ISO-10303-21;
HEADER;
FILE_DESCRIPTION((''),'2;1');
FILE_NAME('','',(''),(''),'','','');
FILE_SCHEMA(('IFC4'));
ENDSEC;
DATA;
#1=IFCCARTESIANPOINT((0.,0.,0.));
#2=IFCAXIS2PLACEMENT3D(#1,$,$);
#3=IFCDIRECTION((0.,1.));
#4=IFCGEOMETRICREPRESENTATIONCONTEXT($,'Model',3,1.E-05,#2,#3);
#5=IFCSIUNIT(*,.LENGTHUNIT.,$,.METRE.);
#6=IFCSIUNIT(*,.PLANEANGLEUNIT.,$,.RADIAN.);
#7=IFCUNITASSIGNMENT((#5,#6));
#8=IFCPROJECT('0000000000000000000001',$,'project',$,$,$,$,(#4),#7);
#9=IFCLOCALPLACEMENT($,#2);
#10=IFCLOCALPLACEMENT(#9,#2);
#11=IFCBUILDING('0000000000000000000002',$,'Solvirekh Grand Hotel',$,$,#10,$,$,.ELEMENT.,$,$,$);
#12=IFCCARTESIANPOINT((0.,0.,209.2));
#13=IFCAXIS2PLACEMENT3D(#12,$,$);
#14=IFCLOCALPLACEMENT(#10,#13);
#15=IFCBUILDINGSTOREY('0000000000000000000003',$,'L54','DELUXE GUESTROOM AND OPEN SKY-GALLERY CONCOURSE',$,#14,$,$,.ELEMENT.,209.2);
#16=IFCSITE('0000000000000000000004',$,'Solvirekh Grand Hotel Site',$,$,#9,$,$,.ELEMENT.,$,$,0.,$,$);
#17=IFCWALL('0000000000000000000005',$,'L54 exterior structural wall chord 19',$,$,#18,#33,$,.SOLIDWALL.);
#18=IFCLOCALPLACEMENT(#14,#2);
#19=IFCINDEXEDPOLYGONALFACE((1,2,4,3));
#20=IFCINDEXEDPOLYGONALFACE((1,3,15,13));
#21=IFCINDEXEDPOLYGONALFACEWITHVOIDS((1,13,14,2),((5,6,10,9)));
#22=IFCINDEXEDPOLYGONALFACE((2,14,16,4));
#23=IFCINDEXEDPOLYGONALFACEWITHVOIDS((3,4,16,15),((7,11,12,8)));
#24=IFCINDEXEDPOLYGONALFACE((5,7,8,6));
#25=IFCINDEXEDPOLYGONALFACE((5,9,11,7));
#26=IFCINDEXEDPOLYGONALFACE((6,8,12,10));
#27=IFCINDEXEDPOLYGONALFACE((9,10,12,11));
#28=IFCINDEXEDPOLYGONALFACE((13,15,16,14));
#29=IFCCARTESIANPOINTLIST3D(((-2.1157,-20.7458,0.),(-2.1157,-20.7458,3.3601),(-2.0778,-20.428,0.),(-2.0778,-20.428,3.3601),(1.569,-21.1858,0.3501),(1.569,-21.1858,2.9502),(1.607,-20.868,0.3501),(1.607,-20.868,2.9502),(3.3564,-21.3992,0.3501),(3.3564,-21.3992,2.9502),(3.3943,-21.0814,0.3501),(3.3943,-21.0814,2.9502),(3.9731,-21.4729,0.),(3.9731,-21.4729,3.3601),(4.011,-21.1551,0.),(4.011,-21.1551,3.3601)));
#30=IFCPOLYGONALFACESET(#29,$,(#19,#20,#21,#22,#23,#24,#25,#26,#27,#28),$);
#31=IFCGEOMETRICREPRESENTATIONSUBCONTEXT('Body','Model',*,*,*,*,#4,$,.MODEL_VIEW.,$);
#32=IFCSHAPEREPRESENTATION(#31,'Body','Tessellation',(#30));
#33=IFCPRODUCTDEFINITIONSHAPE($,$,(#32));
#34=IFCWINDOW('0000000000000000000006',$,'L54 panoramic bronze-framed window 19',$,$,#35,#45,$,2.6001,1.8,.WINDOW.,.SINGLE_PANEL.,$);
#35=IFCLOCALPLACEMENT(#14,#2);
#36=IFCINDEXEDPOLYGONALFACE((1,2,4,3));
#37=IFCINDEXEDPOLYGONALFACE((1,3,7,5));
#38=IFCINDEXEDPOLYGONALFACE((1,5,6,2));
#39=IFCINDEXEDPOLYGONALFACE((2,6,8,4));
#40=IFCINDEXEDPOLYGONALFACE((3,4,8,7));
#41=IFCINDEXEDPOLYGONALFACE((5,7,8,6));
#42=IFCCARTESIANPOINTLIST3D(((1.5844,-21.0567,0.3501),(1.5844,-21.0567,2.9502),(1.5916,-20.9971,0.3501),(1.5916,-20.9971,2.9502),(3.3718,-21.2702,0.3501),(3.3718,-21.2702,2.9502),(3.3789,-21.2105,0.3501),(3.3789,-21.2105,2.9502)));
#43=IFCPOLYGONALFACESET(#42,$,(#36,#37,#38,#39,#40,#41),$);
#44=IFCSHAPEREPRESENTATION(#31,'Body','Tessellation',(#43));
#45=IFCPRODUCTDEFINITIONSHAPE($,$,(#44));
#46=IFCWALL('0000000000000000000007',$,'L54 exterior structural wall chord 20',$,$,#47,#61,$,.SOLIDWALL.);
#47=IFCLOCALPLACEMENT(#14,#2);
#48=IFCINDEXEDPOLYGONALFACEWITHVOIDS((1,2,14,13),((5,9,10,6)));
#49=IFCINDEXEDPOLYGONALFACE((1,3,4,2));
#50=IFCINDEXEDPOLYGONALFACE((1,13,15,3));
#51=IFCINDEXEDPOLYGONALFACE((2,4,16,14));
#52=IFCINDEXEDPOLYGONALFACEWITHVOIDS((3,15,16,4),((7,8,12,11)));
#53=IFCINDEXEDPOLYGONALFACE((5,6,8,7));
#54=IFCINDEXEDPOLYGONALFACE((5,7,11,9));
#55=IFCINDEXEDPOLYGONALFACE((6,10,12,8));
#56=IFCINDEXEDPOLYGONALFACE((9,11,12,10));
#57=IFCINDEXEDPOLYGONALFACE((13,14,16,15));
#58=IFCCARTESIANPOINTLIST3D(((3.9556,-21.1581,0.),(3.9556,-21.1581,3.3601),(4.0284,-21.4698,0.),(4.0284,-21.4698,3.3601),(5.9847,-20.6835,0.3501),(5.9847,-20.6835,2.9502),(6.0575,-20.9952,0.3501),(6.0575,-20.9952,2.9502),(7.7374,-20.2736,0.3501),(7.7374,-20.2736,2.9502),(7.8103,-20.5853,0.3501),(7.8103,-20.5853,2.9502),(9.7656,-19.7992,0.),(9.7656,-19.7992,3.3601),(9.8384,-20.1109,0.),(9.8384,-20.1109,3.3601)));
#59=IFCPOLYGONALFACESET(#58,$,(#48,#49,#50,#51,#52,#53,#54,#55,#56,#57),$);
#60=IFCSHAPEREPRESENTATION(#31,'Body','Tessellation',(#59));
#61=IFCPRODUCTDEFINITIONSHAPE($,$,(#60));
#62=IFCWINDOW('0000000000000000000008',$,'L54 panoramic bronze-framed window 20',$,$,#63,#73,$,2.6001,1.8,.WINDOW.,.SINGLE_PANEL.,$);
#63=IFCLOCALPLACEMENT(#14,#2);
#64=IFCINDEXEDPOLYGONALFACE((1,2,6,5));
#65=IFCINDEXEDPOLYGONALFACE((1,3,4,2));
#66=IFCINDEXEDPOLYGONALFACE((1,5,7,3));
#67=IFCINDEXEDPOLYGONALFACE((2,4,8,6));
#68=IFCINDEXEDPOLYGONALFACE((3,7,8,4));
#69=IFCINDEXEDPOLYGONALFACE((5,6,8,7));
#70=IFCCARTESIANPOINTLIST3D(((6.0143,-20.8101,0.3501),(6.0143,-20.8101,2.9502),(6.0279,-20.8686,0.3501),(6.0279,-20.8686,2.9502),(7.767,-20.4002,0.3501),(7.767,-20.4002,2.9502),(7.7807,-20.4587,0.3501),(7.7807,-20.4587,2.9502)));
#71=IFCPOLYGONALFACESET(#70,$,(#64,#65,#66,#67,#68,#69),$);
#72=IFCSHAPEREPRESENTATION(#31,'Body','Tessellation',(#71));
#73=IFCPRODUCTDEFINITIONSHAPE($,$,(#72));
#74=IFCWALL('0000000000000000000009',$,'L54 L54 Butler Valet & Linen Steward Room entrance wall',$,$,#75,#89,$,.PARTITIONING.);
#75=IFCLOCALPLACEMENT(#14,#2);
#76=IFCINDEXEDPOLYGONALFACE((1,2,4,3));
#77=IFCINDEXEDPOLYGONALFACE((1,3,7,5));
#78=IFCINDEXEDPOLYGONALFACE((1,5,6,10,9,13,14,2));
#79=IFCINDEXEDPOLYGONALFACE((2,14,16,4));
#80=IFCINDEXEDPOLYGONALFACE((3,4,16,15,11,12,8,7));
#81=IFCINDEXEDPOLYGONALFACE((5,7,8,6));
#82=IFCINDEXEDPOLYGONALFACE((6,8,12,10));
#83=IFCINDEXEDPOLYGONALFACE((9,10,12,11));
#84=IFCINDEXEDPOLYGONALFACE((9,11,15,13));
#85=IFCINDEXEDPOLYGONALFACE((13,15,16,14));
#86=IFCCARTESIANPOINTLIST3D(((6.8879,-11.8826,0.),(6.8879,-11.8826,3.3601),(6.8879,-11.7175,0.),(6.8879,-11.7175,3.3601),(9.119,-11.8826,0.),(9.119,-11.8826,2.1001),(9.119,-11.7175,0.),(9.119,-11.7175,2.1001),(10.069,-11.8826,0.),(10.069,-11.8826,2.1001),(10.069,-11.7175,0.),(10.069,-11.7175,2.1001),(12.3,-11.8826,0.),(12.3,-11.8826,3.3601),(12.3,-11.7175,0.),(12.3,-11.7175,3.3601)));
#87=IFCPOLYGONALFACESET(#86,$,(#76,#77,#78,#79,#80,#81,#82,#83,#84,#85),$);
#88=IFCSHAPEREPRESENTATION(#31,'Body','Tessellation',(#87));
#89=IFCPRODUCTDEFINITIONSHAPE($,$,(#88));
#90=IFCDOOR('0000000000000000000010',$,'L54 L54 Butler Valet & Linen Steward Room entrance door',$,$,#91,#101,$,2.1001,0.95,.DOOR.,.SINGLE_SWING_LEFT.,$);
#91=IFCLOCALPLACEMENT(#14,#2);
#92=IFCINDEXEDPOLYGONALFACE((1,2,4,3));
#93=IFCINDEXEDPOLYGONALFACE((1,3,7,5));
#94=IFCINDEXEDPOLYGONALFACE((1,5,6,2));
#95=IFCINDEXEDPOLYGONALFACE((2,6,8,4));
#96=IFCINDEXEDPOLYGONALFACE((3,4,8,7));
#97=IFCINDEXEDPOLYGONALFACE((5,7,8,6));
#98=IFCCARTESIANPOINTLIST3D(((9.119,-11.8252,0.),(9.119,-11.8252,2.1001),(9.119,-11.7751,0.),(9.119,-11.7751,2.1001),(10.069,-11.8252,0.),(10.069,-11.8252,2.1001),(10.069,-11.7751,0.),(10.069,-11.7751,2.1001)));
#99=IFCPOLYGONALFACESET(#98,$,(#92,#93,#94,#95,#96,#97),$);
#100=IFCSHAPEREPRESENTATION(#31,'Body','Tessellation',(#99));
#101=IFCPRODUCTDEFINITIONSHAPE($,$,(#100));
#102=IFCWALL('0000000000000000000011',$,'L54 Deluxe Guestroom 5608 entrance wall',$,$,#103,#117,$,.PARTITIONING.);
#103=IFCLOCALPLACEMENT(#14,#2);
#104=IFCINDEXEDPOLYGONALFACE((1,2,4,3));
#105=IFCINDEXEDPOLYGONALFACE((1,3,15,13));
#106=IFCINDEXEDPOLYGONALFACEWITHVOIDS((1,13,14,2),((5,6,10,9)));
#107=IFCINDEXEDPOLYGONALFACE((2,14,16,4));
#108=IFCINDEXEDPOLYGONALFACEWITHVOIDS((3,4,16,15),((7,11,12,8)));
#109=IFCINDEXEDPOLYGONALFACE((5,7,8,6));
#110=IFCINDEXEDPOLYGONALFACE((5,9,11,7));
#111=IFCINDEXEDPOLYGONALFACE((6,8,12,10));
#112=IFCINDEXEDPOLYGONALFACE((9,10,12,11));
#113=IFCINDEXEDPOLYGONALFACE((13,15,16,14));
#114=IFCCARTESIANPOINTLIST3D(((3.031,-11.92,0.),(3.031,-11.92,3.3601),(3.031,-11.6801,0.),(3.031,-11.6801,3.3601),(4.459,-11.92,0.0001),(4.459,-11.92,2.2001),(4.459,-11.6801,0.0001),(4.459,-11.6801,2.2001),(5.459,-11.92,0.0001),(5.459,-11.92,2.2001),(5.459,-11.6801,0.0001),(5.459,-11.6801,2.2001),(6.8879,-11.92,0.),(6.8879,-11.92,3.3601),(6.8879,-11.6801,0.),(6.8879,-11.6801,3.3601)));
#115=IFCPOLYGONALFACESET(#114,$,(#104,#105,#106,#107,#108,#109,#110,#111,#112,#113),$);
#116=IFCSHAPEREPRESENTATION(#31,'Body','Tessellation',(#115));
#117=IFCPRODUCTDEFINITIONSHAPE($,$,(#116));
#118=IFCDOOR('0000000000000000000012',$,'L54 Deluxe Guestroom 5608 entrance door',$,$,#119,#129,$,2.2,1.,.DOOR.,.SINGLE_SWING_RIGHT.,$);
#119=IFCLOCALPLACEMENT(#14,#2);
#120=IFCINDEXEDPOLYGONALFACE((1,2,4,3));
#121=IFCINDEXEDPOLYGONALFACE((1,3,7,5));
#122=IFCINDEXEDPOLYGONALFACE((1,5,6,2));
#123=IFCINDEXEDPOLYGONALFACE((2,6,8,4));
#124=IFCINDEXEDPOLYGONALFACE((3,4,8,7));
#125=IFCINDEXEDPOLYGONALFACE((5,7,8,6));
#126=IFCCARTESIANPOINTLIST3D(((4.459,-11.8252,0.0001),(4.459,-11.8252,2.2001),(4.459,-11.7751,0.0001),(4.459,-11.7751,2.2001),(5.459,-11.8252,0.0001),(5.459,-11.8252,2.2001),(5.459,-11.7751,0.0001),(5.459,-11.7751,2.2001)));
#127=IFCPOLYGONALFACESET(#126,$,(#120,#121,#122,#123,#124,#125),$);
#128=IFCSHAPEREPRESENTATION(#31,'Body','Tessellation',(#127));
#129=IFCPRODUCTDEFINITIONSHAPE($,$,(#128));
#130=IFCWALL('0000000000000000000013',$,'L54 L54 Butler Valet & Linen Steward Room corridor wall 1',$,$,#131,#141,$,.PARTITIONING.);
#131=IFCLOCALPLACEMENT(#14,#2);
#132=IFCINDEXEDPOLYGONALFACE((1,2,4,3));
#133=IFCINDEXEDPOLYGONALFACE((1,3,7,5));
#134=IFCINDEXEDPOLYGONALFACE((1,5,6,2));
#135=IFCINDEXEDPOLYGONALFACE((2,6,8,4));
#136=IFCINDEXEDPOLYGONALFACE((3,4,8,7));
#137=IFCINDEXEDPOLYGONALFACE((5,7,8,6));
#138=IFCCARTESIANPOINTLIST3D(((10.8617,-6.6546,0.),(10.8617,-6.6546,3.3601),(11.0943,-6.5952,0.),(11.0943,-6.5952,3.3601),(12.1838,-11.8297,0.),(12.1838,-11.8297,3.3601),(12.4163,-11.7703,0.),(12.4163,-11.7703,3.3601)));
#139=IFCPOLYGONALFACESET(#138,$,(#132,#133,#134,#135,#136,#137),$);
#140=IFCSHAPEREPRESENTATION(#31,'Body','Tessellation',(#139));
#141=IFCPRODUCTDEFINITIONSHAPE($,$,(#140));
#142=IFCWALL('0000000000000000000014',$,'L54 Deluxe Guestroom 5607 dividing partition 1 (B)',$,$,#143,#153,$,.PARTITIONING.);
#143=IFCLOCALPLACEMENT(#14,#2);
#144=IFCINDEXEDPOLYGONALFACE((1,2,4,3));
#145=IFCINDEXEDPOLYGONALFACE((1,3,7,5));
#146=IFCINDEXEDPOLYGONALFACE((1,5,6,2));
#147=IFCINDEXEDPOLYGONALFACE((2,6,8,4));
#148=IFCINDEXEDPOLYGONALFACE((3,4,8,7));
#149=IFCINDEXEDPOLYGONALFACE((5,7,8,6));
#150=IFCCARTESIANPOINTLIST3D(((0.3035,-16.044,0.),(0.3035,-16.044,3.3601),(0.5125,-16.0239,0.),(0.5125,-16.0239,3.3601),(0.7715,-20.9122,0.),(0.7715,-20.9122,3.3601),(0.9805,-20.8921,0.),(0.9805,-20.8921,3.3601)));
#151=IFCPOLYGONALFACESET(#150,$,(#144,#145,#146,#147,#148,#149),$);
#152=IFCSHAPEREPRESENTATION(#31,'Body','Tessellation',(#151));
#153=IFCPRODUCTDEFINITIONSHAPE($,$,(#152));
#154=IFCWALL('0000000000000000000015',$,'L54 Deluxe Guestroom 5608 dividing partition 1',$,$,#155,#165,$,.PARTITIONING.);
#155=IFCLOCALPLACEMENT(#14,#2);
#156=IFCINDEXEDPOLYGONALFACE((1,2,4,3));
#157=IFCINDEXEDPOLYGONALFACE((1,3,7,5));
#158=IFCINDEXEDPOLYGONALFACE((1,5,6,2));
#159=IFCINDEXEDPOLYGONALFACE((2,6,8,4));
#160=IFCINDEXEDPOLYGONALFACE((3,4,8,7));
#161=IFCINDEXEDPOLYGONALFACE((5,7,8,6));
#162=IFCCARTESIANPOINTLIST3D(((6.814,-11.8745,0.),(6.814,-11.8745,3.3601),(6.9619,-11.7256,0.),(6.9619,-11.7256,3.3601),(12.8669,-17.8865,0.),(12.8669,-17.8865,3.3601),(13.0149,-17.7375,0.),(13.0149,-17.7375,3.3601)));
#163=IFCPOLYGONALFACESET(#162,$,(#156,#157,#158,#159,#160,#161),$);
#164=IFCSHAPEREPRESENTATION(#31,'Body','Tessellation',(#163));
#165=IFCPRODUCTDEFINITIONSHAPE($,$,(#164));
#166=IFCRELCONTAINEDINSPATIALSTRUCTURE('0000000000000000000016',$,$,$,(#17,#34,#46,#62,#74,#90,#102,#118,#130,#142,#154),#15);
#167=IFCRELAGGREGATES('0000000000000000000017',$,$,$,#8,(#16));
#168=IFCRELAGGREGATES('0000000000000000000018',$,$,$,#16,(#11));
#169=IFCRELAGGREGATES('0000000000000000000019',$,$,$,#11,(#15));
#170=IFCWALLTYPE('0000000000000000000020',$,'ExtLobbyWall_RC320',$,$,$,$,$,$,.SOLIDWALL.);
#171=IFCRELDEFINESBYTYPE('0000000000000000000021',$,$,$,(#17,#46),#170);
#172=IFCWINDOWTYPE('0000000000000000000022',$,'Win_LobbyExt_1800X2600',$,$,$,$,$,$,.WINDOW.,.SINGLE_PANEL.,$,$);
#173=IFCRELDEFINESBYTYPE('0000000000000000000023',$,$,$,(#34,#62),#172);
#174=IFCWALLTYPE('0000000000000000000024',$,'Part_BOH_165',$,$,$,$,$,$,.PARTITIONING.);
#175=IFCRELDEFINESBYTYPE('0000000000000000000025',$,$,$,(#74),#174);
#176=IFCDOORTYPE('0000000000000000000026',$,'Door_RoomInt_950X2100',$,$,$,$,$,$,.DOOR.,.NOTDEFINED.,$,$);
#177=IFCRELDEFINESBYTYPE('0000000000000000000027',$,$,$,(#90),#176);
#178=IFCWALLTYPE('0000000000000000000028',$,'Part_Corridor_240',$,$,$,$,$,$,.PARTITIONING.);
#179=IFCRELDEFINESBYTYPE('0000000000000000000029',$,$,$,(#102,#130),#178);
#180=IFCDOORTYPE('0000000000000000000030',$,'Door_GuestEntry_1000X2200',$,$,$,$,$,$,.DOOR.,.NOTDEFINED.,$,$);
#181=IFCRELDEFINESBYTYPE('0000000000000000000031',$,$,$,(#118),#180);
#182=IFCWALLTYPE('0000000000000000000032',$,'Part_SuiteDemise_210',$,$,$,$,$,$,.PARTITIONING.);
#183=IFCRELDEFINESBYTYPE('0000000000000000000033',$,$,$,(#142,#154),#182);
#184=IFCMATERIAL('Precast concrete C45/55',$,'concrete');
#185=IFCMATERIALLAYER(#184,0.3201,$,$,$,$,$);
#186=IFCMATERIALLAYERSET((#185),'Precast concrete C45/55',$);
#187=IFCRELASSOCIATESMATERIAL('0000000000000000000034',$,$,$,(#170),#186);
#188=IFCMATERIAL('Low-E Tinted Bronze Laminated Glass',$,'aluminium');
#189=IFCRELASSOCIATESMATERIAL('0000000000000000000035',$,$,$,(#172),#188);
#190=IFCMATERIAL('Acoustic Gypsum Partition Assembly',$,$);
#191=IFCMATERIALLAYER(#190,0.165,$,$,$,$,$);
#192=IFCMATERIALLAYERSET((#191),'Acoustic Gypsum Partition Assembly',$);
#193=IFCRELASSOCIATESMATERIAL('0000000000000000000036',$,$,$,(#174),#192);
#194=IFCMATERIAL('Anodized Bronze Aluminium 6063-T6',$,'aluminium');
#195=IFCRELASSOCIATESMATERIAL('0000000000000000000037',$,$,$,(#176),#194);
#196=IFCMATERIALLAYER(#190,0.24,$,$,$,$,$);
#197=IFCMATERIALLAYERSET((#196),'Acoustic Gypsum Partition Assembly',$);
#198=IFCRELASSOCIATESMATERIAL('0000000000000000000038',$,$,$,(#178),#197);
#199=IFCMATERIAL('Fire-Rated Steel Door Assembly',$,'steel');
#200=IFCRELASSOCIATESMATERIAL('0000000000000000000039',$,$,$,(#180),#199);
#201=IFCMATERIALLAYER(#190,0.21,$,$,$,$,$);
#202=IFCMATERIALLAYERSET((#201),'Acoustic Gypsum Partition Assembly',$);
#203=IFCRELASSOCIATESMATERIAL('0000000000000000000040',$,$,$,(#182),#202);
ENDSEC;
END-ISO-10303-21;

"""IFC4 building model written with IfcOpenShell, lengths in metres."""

from ifc_helpers import new_model, si_unit, direction, frame, frame_2d, origin, place, context, subcontext, project, spatial, rectangle, extrude, material, layer, layer_set, type_object, element, fill, save


model = new_model("IFC4")

# Units and contexts
model_context = context("Model", 3, precision=1e-05, world=origin(), true_north=direction((0.0, 1.0)))
body_context = subcontext(model_context, "Body", "Model", "MODEL_VIEW")
ifc_project = project(units=[si_unit("LENGTHUNIT", "METRE"), si_unit("PLANEANGLEUNIT", "RADIAN")], contexts=[model_context])

# Site, building, storey
site_placement = place(None, origin())
site = spatial("IfcSite", under=ifc_project, at=site_placement, Name="Solvirekh Grand Hotel Site", CompositionType="ELEMENT", RefElevation=0.0)
building_placement = place(site_placement, origin())
building = spatial("IfcBuilding", under=site, at=building_placement, Name="Solvirekh Grand Hotel", CompositionType="ELEMENT")
storey_placement = place(building_placement, frame((0.0, 0.0, 209.2)))
storey = spatial("IfcBuildingStorey", under=building, at=storey_placement, Name="L54", Description="DELUXE GUESTROOM AND OPEN SKY-GALLERY CONCOURSE", CompositionType="ELEMENT", Elevation=209.2)

# Shared definitions
ifc_material_1 = material(Name="Anodized Bronze Aluminium 6063-T6", Category="aluminium")
ifc_material_2 = material(Name="Low-E Tinted Bronze Laminated Glass", Category="aluminium")

# Walls, openings, windows
ifc_material_3 = material(Name="Precast concrete C45/55", Category="concrete")
ifc_layer_1 = layer(ifc_material_3, 0.3201)
ifc_layer_set_1 = layer_set([ifc_layer_1], Name="Precast concrete C45/55")
wall_type_1 = type_object("IfcWallType", Name="ExtLobbyWall_RC320", PredefinedType="SOLIDWALL", material=ifc_layer_set_1)
wall_1_placement = place(storey_placement, frame((3.9919, -21.314, 0.0), z_axis=(0.0, 0.0, 1.0), x_axis=(-0.992946, 0.118564, 0.0)))
wall_1 = element("IfcWall", 1, at=wall_1_placement, inside=storey, type_object=wall_type_1, Name="L54 exterior structural wall chord 19", PredefinedType="SOLIDWALL", context=body_context, shape_type="SweptSolid", body=[
    extrude(rectangle(XDim=6.1321, YDim=0.3201, at=frame_2d((3.0659, 0.0))), origin(), (0.0, 0.0, 1.0), 3.3601),
])
opening_1_placement = place(wall_1_placement, frame((0.6211, 0.0, 0.3501)))
opening_1 = element("IfcOpeningElement", 2, at=opening_1_placement, cuts=wall_1, PredefinedType="OPENING", context=body_context, shape_type="SweptSolid", body=[
    extrude(rectangle(XDim=1.8, YDim=2.6001, at=frame_2d((0.8999, 1.3))), frame((0.0, 0.1699, 0.0), z_axis=(0.0, -1.0, 0.0), x_axis=(1.0, 0.0, 0.0)), (0.0, 0.0, 1.0), 0.3401),
])
window_type = type_object("IfcWindowType", Name="Win_LobbyExt_1800X2600", PartitioningType="SINGLE_PANEL", PredefinedType="WINDOW", material=ifc_material_2)
window_1_placement = place(opening_1_placement, origin())
window_1 = element("IfcWindow", 3, at=window_1_placement, inside=storey, type_object=window_type, Name="L54 panoramic bronze-framed window 19", OverallHeight=2.6001, OverallWidth=1.8, PartitioningType="SINGLE_PANEL", PredefinedType="WINDOW", context=body_context, shape_type="SweptSolid", body=[
    extrude(rectangle(XDim=1.8, YDim=2.6001, at=frame_2d((0.8999, 1.3))), frame((0.0, 0.03, 0.0), z_axis=(0.0, -1.0, 0.0), x_axis=(1.0, 0.0, 0.0)), (0.0, 0.0, 1.0), 0.0601),
])
fill(opening_1, window_1)
wall_2_placement = place(storey_placement, frame((9.802, -19.9551, 0.0), z_axis=(0.0, 0.0, 1.0), x_axis=(-0.973722, -0.227739, 0.0)))
wall_2 = element("IfcWall", 4, at=wall_2_placement, inside=storey, type_object=wall_type_1, Name="L54 exterior structural wall chord 20", PredefinedType="SOLIDWALL", context=body_context, shape_type="SweptSolid", body=[
    extrude(rectangle(XDim=5.9668, YDim=0.3201, at=frame_2d((2.9834, 0.0))), origin(), (0.0, 0.0, 1.0), 3.3601),
])
opening_2_placement = place(wall_2_placement, frame((2.083, 0.0, 0.3501)))
opening_2 = element("IfcOpeningElement", 5, at=opening_2_placement, cuts=wall_2, PredefinedType="OPENING", context=body_context, shape_type="SweptSolid", body=[
    extrude(rectangle(XDim=1.8, YDim=2.6001, at=frame_2d((0.8999, 1.3))), frame((0.0, 0.1699, 0.0), z_axis=(0.0, -1.0, 0.0), x_axis=(1.0, 0.0, 0.0)), (0.0, 0.0, 1.0), 0.3401),
])
window_2_placement = place(opening_2_placement, origin())
window_2 = element("IfcWindow", 6, at=window_2_placement, inside=storey, type_object=window_type, Name="L54 panoramic bronze-framed window 20", OverallHeight=2.6001, OverallWidth=1.8, PartitioningType="SINGLE_PANEL", PredefinedType="WINDOW", context=body_context, shape_type="SweptSolid", body=[
    extrude(rectangle(XDim=1.8, YDim=2.6001, at=frame_2d((0.8999, 1.3))), frame((0.0, 0.03, 0.0), z_axis=(0.0, -1.0, 0.0), x_axis=(1.0, 0.0, 0.0)), (0.0, 0.0, 1.0), 0.0601),
])
fill(opening_2, window_2)

# Walls, openings, doors
ifc_material_4 = material(Name="Acoustic Gypsum Partition Assembly")
ifc_layer_2 = layer(ifc_material_4, 0.165)
ifc_layer_set_2 = layer_set([ifc_layer_2], Name="Acoustic Gypsum Partition Assembly")
wall_type_2 = type_object("IfcWallType", Name="Part_BOH_165", PredefinedType="PARTITIONING", material=ifc_layer_set_2)
wall_3_placement = place(storey_placement, frame((6.8879, -11.8, 0.0), z_axis=(0.0, 0.0, 1.0), x_axis=(1.0, 0.0, 0.0)))
wall_3 = element("IfcWall", 7, at=wall_3_placement, inside=storey, type_object=wall_type_2, Name="L54 L54 Butler Valet & Linen Steward Room entrance wall", PredefinedType="PARTITIONING", context=body_context, shape_type="SweptSolid", body=[
    extrude(rectangle(XDim=5.4121, YDim=0.165, at=frame_2d((2.7061, 0.0))), origin(), (0.0, 0.0, 1.0), 3.3601),
])
opening_3_placement = place(wall_3_placement, frame((2.231, 0.0, 0.0)))
opening_3 = element("IfcOpeningElement", 8, at=opening_3_placement, cuts=wall_3, PredefinedType="OPENING", context=body_context, shape_type="SweptSolid", body=[
    extrude(rectangle(XDim=0.95, YDim=2.1001, at=frame_2d((0.4751, 1.05))), frame((0.0, 0.0925, 0.0), z_axis=(0.0, -1.0, 0.0), x_axis=(1.0, 0.0, 0.0)), (0.0, 0.0, 1.0), 0.1851),
])
door_type_1 = type_object("IfcDoorType", Name="Door_RoomInt_950X2100", OperationType="NOTDEFINED", PredefinedType="DOOR", material=ifc_material_1)
door_1_placement = place(opening_3_placement, origin())
door_1 = element("IfcDoor", 9, at=door_1_placement, inside=storey, type_object=door_type_1, Name="L54 L54 Butler Valet & Linen Steward Room entrance door", OperationType="SINGLE_SWING_LEFT", OverallHeight=2.1001, OverallWidth=0.95, PredefinedType="DOOR", context=body_context, shape_type="SweptSolid", body=[
    extrude(rectangle(XDim=0.95, YDim=2.1001, at=frame_2d((0.4751, 1.05))), frame((0.0, 0.0249, 0.0), z_axis=(0.0, -1.0, 0.0), x_axis=(1.0, 0.0, 0.0)), (0.0, 0.0, 1.0), 0.05),
])
fill(opening_3, door_1)
ifc_layer_3 = layer(ifc_material_4, 0.24)
ifc_layer_set_3 = layer_set([ifc_layer_3], Name="Acoustic Gypsum Partition Assembly")
wall_type_3 = type_object("IfcWallType", Name="Part_Corridor_240", PredefinedType="PARTITIONING", material=ifc_layer_set_3)
wall_4_placement = place(storey_placement, frame((3.031, -11.8, 0.0), z_axis=(0.0, 0.0, 1.0), x_axis=(1.0, 0.0, 0.0)))
wall_4 = element("IfcWall", 10, at=wall_4_placement, inside=storey, type_object=wall_type_3, Name="L54 Deluxe Guestroom 5608 entrance wall", PredefinedType="PARTITIONING", context=body_context, shape_type="SweptSolid", body=[
    extrude(rectangle(XDim=3.8569, YDim=0.24, at=frame_2d((1.9285, 0.0))), origin(), (0.0, 0.0, 1.0), 3.3601),
])
opening_4_placement = place(wall_4_placement, frame((1.428, 0.0, 0.0)))
opening_4 = element("IfcOpeningElement", 11, at=opening_4_placement, cuts=wall_4, PredefinedType="OPENING", context=body_context, shape_type="SweptSolid", body=[
    extrude(rectangle(XDim=1.0, YDim=2.2, at=frame_2d((0.5, 1.1001))), frame((0.0, 0.1299, 0.0), z_axis=(0.0, -1.0, 0.0), x_axis=(1.0, 0.0, 0.0)), (0.0, 0.0, 1.0), 0.26),
])
ifc_material_5 = material(Name="Fire-Rated Steel Door Assembly", Category="steel")
door_type_2 = type_object("IfcDoorType", Name="Door_GuestEntry_1000X2200", OperationType="NOTDEFINED", PredefinedType="DOOR", material=ifc_material_5)
door_2_placement = place(opening_4_placement, origin())
door_2 = element("IfcDoor", 12, at=door_2_placement, inside=storey, type_object=door_type_2, Name="L54 Deluxe Guestroom 5608 entrance door", OperationType="SINGLE_SWING_RIGHT", OverallHeight=2.2, OverallWidth=1.0, PredefinedType="DOOR", context=body_context, shape_type="SweptSolid", body=[
    extrude(rectangle(XDim=1.0, YDim=2.2, at=frame_2d((0.5, 1.1001))), frame((0.0, 0.0249, 0.0), z_axis=(0.0, -1.0, 0.0), x_axis=(1.0, 0.0, 0.0)), (0.0, 0.0, 1.0), 0.05),
])
fill(opening_4, door_2)

# Walls
wall_5_placement = place(storey_placement, frame((12.3, -11.8, 0.0), z_axis=(0.0, 0.0, 1.0), x_axis=(-0.247512, 0.968885, 0.0)))
element("IfcWall", 13, at=wall_5_placement, inside=storey, type_object=wall_type_3, Name="L54 L54 Butler Valet & Linen Steward Room corridor wall 1", PredefinedType="PARTITIONING", context=body_context, shape_type="SweptSolid", body=[
    extrude(rectangle(XDim=5.3413, YDim=0.24, at=frame_2d((2.6707, 0.0))), origin(), (0.0, 0.0, 1.0), 3.3601),
])
ifc_layer_4 = layer(ifc_material_4, 0.21)
ifc_layer_set_4 = layer_set([ifc_layer_4], Name="Acoustic Gypsum Partition Assembly")
wall_type_4 = type_object("IfcWallType", Name="Part_SuiteDemise_210", PredefinedType="PARTITIONING", material=ifc_layer_set_4)
wall_6_placement = place(storey_placement, frame((0.408, -16.0339, 0.0), z_axis=(0.0, 0.0, 1.0), x_axis=(0.095697, -0.99541, 0.0)))
element("IfcWall", 14, at=wall_6_placement, inside=storey, type_object=wall_type_4, Name="L54 Deluxe Guestroom 5607 dividing partition 1 (B)", PredefinedType="PARTITIONING", context=body_context, shape_type="SweptSolid", body=[
    extrude(rectangle(XDim=4.8906, YDim=0.21, at=frame_2d((2.4453, 0.0))), origin(), (0.0, 0.0, 1.0), 3.3601),
])
wall_7_placement = place(storey_placement, frame((6.8879, -11.8, 0.0), z_axis=(0.0, 0.0, 1.0), x_axis=(0.709507, -0.704699, 0.0)))
element("IfcWall", 15, at=wall_7_placement, inside=storey, type_object=wall_type_4, Name="L54 Deluxe Guestroom 5608 dividing partition 1", PredefinedType="PARTITIONING", context=body_context, shape_type="SweptSolid", body=[
    extrude(rectangle(XDim=8.5312, YDim=0.21, at=frame_2d((4.2656, 0.0))), origin(), (0.0, 0.0, 1.0), 3.3601),
])

save(model, "model.ifc")
